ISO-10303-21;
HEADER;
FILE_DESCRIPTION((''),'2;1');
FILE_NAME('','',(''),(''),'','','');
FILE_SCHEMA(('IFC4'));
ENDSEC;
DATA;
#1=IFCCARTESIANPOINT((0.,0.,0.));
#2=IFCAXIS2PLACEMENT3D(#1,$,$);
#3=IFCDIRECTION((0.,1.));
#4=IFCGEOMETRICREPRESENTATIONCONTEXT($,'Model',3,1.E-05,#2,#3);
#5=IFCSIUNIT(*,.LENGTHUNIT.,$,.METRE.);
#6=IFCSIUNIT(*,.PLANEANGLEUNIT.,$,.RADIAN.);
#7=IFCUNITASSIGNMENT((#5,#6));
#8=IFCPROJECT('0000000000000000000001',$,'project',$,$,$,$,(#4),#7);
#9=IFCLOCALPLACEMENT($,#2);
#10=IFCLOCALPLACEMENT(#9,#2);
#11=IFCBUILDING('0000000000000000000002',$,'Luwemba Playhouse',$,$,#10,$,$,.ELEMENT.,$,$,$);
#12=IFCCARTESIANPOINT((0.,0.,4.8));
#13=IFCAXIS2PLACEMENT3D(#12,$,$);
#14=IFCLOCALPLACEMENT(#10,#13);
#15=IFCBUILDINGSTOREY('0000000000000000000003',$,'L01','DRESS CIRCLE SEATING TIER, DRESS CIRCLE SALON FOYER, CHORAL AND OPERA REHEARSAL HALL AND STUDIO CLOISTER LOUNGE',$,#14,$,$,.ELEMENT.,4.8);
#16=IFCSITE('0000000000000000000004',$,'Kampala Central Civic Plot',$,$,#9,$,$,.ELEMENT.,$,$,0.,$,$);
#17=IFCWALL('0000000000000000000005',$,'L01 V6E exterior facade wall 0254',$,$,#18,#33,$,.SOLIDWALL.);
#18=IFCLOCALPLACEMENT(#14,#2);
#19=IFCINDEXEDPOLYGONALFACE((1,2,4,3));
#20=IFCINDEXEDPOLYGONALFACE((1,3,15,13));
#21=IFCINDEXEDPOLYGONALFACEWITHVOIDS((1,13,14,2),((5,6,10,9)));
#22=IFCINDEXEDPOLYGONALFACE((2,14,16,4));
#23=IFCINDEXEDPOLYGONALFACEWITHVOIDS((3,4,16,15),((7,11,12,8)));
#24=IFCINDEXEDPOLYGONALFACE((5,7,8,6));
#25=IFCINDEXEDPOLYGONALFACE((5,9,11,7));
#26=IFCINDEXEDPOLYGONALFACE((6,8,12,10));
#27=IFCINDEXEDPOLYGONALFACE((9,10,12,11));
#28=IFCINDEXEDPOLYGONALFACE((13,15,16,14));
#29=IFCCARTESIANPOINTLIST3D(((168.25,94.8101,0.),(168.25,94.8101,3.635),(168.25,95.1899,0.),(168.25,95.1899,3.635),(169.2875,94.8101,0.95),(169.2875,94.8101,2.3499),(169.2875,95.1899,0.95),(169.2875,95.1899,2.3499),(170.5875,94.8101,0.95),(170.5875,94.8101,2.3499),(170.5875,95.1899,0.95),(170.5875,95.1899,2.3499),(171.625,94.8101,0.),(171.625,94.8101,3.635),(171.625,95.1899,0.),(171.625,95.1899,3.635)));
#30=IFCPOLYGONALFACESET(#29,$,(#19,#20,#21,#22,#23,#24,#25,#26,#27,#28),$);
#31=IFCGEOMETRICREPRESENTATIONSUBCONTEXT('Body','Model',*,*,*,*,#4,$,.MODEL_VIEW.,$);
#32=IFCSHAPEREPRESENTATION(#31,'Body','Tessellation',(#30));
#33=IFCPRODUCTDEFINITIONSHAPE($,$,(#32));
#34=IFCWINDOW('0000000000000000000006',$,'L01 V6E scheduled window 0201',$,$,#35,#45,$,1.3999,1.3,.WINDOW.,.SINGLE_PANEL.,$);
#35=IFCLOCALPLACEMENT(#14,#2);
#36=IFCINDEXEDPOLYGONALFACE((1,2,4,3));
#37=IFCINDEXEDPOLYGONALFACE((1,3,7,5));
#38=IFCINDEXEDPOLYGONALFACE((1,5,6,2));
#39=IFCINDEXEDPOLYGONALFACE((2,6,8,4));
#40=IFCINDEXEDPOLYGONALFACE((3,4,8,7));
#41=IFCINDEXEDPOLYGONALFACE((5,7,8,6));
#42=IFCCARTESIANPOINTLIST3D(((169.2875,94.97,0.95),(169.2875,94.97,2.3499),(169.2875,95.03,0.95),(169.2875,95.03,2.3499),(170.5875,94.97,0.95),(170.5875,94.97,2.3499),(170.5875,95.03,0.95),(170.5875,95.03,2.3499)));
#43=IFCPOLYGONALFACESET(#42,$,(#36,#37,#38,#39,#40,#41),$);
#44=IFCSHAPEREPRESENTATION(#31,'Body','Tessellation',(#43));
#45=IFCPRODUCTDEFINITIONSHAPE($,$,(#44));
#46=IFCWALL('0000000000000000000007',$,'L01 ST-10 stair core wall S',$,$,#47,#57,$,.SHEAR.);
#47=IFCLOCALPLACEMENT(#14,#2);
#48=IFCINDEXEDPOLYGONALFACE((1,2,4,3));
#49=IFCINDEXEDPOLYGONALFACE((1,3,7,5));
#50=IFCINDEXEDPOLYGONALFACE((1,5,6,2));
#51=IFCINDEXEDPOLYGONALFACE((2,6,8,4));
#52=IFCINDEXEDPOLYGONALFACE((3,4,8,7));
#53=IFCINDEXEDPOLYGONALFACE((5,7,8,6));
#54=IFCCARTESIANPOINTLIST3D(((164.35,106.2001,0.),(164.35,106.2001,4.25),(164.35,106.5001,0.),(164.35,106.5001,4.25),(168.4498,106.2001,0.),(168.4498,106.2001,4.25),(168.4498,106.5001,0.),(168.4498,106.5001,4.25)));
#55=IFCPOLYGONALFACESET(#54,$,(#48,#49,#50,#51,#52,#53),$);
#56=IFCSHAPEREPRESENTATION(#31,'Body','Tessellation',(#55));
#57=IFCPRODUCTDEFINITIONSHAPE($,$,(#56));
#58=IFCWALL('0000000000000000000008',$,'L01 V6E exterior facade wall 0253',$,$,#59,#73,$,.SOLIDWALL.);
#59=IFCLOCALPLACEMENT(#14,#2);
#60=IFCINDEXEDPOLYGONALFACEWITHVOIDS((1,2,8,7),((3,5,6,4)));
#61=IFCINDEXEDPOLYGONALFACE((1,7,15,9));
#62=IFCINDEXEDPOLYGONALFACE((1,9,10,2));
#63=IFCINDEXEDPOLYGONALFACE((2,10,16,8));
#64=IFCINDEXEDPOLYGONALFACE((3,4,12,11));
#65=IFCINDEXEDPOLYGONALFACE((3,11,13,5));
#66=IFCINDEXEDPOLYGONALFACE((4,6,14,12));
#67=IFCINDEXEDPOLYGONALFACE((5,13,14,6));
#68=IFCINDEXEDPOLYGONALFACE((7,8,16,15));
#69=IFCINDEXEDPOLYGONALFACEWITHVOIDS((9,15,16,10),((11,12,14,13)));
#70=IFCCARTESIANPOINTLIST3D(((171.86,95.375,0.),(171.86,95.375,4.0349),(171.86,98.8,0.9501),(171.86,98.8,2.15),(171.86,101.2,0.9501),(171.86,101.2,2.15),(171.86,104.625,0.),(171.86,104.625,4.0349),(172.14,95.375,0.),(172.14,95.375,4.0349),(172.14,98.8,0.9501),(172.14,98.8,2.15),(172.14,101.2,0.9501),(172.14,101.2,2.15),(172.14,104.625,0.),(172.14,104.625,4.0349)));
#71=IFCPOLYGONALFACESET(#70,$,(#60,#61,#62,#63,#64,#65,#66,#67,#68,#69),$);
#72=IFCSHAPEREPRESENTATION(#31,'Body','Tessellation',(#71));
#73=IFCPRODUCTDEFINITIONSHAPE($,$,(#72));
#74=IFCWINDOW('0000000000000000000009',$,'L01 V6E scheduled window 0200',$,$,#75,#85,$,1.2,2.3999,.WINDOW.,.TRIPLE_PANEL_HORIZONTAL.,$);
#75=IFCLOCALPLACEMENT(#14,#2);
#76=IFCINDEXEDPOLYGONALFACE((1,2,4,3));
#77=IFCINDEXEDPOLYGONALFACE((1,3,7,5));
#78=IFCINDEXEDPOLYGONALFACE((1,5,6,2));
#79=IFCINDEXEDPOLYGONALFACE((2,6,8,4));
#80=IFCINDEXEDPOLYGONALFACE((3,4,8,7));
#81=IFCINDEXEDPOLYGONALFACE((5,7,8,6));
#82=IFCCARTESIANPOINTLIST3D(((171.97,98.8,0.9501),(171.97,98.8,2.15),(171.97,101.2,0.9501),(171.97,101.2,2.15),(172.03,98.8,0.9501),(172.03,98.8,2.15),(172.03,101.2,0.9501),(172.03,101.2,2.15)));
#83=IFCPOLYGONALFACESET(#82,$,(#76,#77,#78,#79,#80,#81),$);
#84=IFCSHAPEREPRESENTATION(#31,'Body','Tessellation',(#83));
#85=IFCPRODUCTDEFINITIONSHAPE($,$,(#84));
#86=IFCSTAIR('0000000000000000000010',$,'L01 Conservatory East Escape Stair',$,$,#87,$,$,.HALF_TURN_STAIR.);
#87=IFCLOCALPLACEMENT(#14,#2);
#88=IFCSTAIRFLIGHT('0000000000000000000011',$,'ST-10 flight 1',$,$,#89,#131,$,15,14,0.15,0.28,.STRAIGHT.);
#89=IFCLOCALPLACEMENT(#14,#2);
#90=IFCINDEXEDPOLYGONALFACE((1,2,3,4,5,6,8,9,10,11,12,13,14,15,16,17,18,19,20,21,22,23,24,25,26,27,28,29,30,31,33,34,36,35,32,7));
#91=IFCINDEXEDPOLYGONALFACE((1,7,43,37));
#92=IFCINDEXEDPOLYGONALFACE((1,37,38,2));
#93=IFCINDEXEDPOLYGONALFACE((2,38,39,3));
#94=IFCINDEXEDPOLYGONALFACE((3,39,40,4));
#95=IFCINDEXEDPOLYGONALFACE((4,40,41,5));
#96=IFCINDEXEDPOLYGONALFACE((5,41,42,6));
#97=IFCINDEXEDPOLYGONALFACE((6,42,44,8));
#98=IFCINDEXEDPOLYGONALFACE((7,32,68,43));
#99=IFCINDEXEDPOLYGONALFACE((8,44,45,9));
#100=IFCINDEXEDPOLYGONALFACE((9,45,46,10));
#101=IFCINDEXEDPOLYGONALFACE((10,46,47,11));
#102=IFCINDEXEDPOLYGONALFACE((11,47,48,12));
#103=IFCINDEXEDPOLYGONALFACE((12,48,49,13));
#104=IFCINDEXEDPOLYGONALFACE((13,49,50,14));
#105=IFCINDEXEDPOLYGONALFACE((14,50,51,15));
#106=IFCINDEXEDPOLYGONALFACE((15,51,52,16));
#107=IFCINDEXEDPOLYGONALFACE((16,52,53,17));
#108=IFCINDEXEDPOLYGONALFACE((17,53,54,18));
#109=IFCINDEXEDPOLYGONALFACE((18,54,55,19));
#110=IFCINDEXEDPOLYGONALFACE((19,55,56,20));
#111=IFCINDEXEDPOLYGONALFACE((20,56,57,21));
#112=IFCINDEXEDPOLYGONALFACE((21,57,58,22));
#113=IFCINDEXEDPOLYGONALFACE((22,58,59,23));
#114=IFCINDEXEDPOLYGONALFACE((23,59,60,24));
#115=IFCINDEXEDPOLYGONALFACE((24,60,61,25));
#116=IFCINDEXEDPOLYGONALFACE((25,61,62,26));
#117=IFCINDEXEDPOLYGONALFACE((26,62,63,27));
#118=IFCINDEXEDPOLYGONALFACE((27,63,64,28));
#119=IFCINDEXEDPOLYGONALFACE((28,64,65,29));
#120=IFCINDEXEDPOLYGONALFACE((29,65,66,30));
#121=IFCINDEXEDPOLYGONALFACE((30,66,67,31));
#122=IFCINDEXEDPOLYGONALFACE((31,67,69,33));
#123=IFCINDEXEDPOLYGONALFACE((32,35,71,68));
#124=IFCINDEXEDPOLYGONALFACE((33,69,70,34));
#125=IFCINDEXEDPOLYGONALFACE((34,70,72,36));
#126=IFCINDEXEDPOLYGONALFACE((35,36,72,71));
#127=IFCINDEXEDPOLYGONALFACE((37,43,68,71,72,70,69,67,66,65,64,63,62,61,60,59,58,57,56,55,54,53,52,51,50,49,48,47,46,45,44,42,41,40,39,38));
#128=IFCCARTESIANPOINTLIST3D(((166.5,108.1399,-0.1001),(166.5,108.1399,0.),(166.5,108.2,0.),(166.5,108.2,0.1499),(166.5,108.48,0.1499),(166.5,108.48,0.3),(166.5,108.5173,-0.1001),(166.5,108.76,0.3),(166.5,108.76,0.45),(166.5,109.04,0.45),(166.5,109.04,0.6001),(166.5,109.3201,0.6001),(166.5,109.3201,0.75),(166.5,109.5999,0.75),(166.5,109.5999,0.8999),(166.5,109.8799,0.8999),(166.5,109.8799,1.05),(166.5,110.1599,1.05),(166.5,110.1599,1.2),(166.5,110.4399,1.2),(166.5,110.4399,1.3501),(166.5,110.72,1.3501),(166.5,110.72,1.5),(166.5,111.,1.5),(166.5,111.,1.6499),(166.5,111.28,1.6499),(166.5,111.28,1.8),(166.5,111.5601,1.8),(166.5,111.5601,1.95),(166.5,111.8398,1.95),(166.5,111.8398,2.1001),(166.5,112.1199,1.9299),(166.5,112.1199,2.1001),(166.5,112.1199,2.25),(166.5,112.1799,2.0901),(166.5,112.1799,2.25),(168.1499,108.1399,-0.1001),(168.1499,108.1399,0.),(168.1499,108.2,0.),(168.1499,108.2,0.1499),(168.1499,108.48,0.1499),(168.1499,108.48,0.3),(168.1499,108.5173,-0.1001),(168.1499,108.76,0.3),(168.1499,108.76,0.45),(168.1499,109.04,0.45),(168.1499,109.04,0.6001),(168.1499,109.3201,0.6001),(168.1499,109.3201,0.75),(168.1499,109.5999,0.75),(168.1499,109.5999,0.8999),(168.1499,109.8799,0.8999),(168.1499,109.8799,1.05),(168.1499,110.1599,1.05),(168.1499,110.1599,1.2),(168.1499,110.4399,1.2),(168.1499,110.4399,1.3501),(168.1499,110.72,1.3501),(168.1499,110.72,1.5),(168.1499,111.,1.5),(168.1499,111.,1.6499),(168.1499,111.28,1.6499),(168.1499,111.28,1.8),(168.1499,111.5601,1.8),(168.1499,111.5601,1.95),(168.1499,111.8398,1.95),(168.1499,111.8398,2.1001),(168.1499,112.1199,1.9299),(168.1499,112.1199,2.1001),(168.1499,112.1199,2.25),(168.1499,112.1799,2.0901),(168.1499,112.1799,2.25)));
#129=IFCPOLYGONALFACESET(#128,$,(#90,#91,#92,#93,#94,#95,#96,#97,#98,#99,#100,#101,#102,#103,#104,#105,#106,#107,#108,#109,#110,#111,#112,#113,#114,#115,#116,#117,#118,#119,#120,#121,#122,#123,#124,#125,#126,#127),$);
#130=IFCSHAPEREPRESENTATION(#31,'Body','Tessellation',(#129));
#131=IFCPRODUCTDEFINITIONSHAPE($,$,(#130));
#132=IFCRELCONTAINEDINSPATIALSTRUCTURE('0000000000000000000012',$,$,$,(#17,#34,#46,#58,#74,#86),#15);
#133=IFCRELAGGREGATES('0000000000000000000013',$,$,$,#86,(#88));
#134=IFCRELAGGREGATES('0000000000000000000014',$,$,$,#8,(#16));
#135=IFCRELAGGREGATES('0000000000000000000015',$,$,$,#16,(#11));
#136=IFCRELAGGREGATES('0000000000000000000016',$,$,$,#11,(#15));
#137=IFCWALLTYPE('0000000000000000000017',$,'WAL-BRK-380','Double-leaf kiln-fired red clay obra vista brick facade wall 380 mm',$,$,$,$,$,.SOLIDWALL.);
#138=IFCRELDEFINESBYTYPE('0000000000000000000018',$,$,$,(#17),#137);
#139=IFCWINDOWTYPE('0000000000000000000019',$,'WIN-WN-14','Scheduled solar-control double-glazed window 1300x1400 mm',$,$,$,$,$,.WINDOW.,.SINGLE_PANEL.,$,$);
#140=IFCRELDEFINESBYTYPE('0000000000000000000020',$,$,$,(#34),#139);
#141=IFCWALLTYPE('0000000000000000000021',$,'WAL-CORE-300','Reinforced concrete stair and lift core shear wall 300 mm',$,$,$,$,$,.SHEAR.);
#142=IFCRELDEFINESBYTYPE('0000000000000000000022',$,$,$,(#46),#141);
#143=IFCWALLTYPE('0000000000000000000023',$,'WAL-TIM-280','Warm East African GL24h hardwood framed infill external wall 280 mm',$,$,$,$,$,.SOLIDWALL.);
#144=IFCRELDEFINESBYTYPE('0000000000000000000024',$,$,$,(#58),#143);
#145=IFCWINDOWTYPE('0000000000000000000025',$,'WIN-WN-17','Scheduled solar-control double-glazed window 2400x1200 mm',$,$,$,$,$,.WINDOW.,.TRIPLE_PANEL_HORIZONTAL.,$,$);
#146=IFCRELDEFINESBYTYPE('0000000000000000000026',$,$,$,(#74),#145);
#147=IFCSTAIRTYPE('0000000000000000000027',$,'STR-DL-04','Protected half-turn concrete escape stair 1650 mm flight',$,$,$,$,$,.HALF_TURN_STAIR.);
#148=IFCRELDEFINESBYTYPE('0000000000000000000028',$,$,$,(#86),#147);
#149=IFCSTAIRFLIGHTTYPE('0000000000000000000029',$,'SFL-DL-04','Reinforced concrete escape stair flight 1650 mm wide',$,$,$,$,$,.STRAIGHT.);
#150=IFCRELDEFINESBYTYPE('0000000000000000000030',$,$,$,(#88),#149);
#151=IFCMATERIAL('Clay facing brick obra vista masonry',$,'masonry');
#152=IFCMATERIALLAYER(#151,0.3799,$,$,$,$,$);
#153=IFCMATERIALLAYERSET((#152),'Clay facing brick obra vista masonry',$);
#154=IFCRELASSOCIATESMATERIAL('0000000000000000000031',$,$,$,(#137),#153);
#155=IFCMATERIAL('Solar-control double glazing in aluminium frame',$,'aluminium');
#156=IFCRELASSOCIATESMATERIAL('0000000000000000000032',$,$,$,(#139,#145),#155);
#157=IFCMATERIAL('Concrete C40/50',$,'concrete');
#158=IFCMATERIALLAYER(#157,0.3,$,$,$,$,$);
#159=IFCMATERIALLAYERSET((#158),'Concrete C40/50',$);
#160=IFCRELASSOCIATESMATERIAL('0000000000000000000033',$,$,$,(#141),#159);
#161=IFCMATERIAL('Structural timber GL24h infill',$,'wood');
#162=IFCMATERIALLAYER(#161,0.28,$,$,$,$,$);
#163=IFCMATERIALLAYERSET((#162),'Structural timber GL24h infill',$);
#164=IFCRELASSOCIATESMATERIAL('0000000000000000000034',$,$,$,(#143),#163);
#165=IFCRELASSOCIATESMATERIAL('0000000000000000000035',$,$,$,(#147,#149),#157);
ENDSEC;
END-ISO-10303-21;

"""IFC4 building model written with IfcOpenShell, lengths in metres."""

from ifc_helpers import new_model, si_unit, direction, frame, frame_2d, origin, place, context, subcontext, project, spatial, polyline, rectangle, outline, extrude, material, layer, layer_set, type_object, element, fill, aggregate, save


model = new_model("IFC4")

# Units and contexts
model_context = context("Model", 3, precision=1e-05, world=origin(), true_north=direction((0.0, 1.0)))
body_context = subcontext(model_context, "Body", "Model", "MODEL_VIEW")
ifc_project = project(units=[si_unit("LENGTHUNIT", "METRE"), si_unit("PLANEANGLEUNIT", "RADIAN")], contexts=[model_context])

# Site, building, storey
site_placement = place(None, origin())
site = spatial("IfcSite", under=ifc_project, at=site_placement, Name="Kampala Central Civic Plot", CompositionType="ELEMENT", RefElevation=0.0)
building_placement = place(site_placement, origin())
building = spatial("IfcBuilding", under=site, at=building_placement, Name="Luwemba Playhouse", CompositionType="ELEMENT")
storey_placement = place(building_placement, frame((0.0, 0.0, 4.8)))
storey = spatial("IfcBuildingStorey", under=building, at=storey_placement, Name="L01", Description="DRESS CIRCLE SEATING TIER, DRESS CIRCLE SALON FOYER, CHORAL AND OPERA REHEARSAL HALL AND STUDIO CLOISTER LOUNGE", CompositionType="ELEMENT", Elevation=4.8)

# Shared definitions
ifc_material_1 = material(Name="Concrete C40/50", Category="concrete")

# Wall, opening, window
ifc_material_2 = material(Name="Clay facing brick obra vista masonry", Category="masonry")
ifc_layer_1 = layer(ifc_material_2, 0.3799)
ifc_layer_set_1 = layer_set([ifc_layer_1], Name="Clay facing brick obra vista masonry")
wall_type_1 = type_object("IfcWallType", Name="WAL-BRK-380", Description="Double-leaf kiln-fired red clay obra vista brick facade wall 380 mm", PredefinedType="SOLIDWALL", material=ifc_layer_set_1)
wall_1_placement = place(storey_placement, frame((171.625, 95.0, 0.0), z_axis=(0.0, 0.0, 1.0), x_axis=(-1.0, 0.0, 0.0)))
wall_1 = element("IfcWall", 1, at=wall_1_placement, inside=storey, type_object=wall_type_1, Name="L01 V6E exterior facade wall 0254", PredefinedType="SOLIDWALL", context=body_context, shape_type="SweptSolid", body=[
    extrude(rectangle(XDim=3.375, YDim=0.3799, at=frame_2d((1.6875, 0.0))), origin(), (0.0, 0.0, 1.0), 3.635),
])
opening_1_placement = place(wall_1_placement, frame((1.0376, 0.0, 0.95)))
opening_1 = element("IfcOpeningElement", 2, at=opening_1_placement, cuts=wall_1, PredefinedType="OPENING", context=body_context, shape_type="SweptSolid", body=[
    extrude(rectangle(XDim=1.3, YDim=1.3999, at=frame_2d((0.6499, 0.7))), frame((0.0, 0.2, 0.0), z_axis=(0.0, -1.0, 0.0), x_axis=(1.0, 0.0, 0.0)), (0.0, 0.0, 1.0), 0.3999),
])
ifc_material_3 = material(Name="Solar-control double glazing in aluminium frame", Category="aluminium")
window_type_1 = type_object("IfcWindowType", Name="WIN-WN-14", Description="Scheduled solar-control double-glazed window 1300x1400 mm", PartitioningType="SINGLE_PANEL", PredefinedType="WINDOW", material=ifc_material_3)
window_1_placement = place(opening_1_placement, origin())
window_1 = element("IfcWindow", 3, at=window_1_placement, inside=storey, type_object=window_type_1, Name="L01 V6E scheduled window 0201", OverallHeight=1.3999, OverallWidth=1.3, PartitioningType="SINGLE_PANEL", PredefinedType="WINDOW", context=body_context, shape_type="SweptSolid", body=[
    extrude(rectangle(XDim=1.3, YDim=1.3999, at=frame_2d((0.6499, 0.7))), frame((0.0, 0.03, 0.0), z_axis=(0.0, -1.0, 0.0), x_axis=(1.0, 0.0, 0.0)), (0.0, 0.0, 1.0), 0.0601),
])
fill(opening_1, window_1)

# Wall
ifc_layer_2 = layer(ifc_material_1, 0.3)
ifc_layer_set_2 = layer_set([ifc_layer_2], Name="Concrete C40/50")
wall_type_2 = type_object("IfcWallType", Name="WAL-CORE-300", Description="Reinforced concrete stair and lift core shear wall 300 mm", PredefinedType="SHEAR", material=ifc_layer_set_2)
wall_2_placement = place(storey_placement, frame((164.3501, 106.3501, 0.0), z_axis=(0.0, 0.0, 1.0), x_axis=(1.0, 0.0, 0.0)))
element("IfcWall", 4, at=wall_2_placement, inside=storey, type_object=wall_type_2, Name="L01 ST-10 stair core wall S", PredefinedType="SHEAR", context=body_context, shape_type="SweptSolid", body=[
    extrude(rectangle(XDim=4.0999, YDim=0.3, at=frame_2d((2.0498, 0.0))), origin(), (0.0, 0.0, 1.0), 4.25),
])

# Wall, opening, window
ifc_material_4 = material(Name="Structural timber GL24h infill", Category="wood")
ifc_layer_3 = layer(ifc_material_4, 0.28)
ifc_layer_set_3 = layer_set([ifc_layer_3], Name="Structural timber GL24h infill")
wall_type_3 = type_object("IfcWallType", Name="WAL-TIM-280", Description="Warm East African GL24h hardwood framed infill external wall 280 mm", PredefinedType="SOLIDWALL", material=ifc_layer_set_3)
wall_3_placement = place(storey_placement, frame((172.0, 104.625, 0.0), z_axis=(0.0, 0.0, 1.0), x_axis=(0.0, -1.0, 0.0)))
wall_3 = element("IfcWall", 5, at=wall_3_placement, inside=storey, type_object=wall_type_3, Name="L01 V6E exterior facade wall 0253", PredefinedType="SOLIDWALL", context=body_context, shape_type="SweptSolid", body=[
    extrude(rectangle(XDim=9.25, YDim=0.28, at=frame_2d((4.625, 0.0))), origin(), (0.0, 0.0, 1.0), 4.0349),
])
opening_2_placement = place(wall_3_placement, frame((3.425, 0.0, 0.95)))
opening_2 = element("IfcOpeningElement", 6, at=opening_2_placement, cuts=wall_3, PredefinedType="OPENING", context=body_context, shape_type="SweptSolid", body=[
    extrude(rectangle(XDim=2.3999, YDim=1.2, at=frame_2d((1.2, 0.6001))), frame((0.0, 0.1499, 0.0), z_axis=(0.0, -1.0, 0.0), x_axis=(1.0, 0.0, 0.0)), (0.0, 0.0, 1.0), 0.3),
])
window_type_2 = type_object("IfcWindowType", Name="WIN-WN-17", Description="Scheduled solar-control double-glazed window 2400x1200 mm", PartitioningType="TRIPLE_PANEL_HORIZONTAL", PredefinedType="WINDOW", material=ifc_material_3)
window_2_placement = place(opening_2_placement, origin())
window_2 = element("IfcWindow", 7, at=window_2_placement, inside=storey, type_object=window_type_2, Name="L01 V6E scheduled window 0200", OverallHeight=1.2, OverallWidth=2.3999, PartitioningType="TRIPLE_PANEL_HORIZONTAL", PredefinedType="WINDOW", context=body_context, shape_type="SweptSolid", body=[
    extrude(rectangle(XDim=2.3999, YDim=1.2, at=frame_2d((1.2, 0.6001))), frame((0.0, 0.03, 0.0), z_axis=(0.0, -1.0, 0.0), x_axis=(1.0, 0.0, 0.0)), (0.0, 0.0, 1.0), 0.0601),
])
fill(opening_2, window_2)

# Stair, stair flight
stair_type = type_object("IfcStairType", Name="STR-DL-04", Description="Protected half-turn concrete escape stair 1650 mm flight", PredefinedType="HALF_TURN_STAIR", material=ifc_material_1)
stair_placement = place(storey_placement, origin())
stair = element("IfcStair", 8, at=stair_placement, inside=storey, type_object=stair_type, Name="L01 Conservatory East Escape Stair", PredefinedType="HALF_TURN_STAIR")
stair_flight_type = type_object("IfcStairFlightType", Name="SFL-DL-04", Description="Reinforced concrete escape stair flight 1650 mm wide", PredefinedType="STRAIGHT", material=ifc_material_1)
stair_flight_placement = place(storey_placement, frame((167.325, 108.2, 0.0), z_axis=(0.0, 0.0, 1.0), x_axis=(0.0, 1.0, 0.0)))
stair_flight = element("IfcStairFlight", 9, at=stair_flight_placement, type_object=stair_flight_type, Name="ST-10 flight 1", NumberOfRisers=15, NumberOfTreads=14, PredefinedType="STRAIGHT", RiserHeight=0.15, TreadLength=0.28, context=body_context, shape_type="SweptSolid", body=[
    extrude(outline(polyline([(-0.0601, -0.1001), (-0.0601, 0.0), (0.0, 0.0), (0.0, 0.1499), (0.28, 0.1499), (0.28, 0.3), (0.5601, 0.3), (0.5601, 0.45), (0.8401, 0.45), (0.8401, 0.6001), (1.1201, 0.6001), (1.1201, 0.75), (1.3999, 0.75), (1.3999, 0.8999), (1.6799, 0.8999), (1.6799, 1.05), (1.96, 1.05), (1.96, 1.2), (2.24, 1.2), (2.24, 1.3501), (2.52, 1.3501), (2.52, 1.5), (2.8, 1.5), (2.8, 1.6499), (3.0801, 1.6499), (3.0801, 1.8), (3.3601, 1.8), (3.3601, 1.95), (3.6399, 1.95), (3.6399, 2.1001), (3.9199, 2.1001), (3.9199, 2.25), (3.98, 2.25), (3.98, 2.0901), (3.9199, 1.9299), (0.3174, -0.1001), (-0.0601, -0.1001)])), frame((0.0, 0.825, 0.0), z_axis=(0.0, -1.0, 0.0), x_axis=(1.0, 0.0, 0.0)), (0.0, 0.0, 1.0), 1.6499),
])
aggregate(stair, [stair_flight])

save(model, "model.ifc")
